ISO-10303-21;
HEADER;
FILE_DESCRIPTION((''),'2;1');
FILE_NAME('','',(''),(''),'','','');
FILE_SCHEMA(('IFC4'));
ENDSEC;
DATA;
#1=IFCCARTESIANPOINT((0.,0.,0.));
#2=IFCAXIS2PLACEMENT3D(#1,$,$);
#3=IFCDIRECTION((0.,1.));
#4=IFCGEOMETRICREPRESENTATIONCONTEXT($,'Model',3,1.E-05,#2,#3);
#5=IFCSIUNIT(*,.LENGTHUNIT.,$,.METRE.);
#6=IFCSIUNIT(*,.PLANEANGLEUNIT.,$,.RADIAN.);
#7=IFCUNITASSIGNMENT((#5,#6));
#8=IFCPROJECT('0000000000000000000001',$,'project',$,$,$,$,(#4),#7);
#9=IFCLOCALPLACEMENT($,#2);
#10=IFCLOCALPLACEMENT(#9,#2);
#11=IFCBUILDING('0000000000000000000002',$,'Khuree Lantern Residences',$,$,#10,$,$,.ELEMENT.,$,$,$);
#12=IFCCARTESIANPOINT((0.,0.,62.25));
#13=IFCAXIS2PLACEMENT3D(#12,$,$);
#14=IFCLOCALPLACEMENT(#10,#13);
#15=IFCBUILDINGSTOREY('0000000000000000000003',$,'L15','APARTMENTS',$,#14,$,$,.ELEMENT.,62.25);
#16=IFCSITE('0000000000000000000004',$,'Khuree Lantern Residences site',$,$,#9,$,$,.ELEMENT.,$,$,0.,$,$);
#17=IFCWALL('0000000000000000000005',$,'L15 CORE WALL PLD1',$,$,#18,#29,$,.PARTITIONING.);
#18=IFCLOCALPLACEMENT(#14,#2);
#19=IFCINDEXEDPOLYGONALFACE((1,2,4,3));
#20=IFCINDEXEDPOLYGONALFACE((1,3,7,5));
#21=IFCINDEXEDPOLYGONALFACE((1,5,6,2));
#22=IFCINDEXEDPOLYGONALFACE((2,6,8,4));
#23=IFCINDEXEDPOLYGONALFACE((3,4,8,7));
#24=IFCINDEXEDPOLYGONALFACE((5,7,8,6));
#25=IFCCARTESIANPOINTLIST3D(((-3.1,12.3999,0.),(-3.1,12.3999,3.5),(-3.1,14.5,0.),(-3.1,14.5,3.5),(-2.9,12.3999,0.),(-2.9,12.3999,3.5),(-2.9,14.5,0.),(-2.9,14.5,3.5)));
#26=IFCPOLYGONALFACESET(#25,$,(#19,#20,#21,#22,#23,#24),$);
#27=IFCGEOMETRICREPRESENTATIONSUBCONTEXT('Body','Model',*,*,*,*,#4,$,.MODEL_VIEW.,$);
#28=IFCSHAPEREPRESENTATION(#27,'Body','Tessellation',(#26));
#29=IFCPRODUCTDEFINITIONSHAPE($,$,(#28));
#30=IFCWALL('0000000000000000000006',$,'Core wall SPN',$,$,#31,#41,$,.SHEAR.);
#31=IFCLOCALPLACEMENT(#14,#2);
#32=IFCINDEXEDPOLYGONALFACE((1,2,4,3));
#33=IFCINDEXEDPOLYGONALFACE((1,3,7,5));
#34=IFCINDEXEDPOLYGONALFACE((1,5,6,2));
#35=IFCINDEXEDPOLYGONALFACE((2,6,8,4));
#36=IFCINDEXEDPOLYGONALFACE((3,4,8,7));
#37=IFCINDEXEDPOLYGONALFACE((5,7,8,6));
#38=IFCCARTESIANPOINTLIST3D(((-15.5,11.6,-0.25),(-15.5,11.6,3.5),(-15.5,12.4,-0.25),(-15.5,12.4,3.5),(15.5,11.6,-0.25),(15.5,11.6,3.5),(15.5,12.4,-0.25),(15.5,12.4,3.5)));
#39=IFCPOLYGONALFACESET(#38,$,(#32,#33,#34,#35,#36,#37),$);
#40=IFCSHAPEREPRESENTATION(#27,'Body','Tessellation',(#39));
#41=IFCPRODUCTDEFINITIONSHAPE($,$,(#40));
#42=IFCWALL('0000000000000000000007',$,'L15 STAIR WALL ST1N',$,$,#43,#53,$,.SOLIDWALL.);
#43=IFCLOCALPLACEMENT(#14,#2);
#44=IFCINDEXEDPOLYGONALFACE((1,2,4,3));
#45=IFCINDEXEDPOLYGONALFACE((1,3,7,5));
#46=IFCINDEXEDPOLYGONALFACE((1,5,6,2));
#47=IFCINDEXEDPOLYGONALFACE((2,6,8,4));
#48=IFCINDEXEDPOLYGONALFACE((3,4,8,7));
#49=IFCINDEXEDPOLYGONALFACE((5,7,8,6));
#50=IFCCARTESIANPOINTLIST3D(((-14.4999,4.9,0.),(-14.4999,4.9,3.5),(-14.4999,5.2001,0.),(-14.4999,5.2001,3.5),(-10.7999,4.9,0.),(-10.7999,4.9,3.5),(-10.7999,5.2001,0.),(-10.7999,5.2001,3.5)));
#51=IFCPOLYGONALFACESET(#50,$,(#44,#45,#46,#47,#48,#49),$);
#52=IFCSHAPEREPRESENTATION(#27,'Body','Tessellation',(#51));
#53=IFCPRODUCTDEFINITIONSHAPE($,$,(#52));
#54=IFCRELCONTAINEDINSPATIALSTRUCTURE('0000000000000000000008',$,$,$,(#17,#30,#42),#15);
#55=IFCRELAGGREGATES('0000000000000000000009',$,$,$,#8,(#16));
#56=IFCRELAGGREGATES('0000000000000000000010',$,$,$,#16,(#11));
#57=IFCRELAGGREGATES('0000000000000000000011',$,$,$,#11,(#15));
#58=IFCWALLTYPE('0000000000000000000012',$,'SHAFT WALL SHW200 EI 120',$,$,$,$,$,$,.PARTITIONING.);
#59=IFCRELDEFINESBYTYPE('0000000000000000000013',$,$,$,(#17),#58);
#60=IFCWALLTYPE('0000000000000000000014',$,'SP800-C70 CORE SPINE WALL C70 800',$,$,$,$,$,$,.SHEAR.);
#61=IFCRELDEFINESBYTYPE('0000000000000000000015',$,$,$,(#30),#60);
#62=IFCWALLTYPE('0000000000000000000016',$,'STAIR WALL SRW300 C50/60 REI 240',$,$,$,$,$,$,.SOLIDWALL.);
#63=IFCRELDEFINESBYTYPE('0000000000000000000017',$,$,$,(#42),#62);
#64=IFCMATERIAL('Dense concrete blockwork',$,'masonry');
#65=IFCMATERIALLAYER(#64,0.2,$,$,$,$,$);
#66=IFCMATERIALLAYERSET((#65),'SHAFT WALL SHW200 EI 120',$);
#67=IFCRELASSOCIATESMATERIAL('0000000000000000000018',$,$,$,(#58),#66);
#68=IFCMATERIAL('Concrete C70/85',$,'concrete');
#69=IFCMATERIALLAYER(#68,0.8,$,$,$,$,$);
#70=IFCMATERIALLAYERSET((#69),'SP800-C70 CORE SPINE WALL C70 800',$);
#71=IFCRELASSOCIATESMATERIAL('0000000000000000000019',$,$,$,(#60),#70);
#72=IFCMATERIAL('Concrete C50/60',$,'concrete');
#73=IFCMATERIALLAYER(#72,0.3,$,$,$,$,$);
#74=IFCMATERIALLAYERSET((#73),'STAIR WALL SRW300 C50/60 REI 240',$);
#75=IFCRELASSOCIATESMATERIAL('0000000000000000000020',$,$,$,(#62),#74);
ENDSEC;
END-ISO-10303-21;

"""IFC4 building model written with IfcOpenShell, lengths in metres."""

from ifc_helpers import new_model, si_unit, direction, frame, frame_2d, origin, place, context, subcontext, project, spatial, rectangle, extrude, material, layer, layer_set, type_object, element, save


model = new_model("IFC4")

# Units and contexts
model_context = context("Model", 3, precision=1e-05, world=origin(), true_north=direction((0.0, 1.0)))
body_context = subcontext(model_context, "Body", "Model", "MODEL_VIEW")
ifc_project = project(units=[si_unit("LENGTHUNIT", "METRE"), si_unit("PLANEANGLEUNIT", "RADIAN")], contexts=[model_context])

# Site, building, storey
site_placement = place(None, origin())
site = spatial("IfcSite", under=ifc_project, at=site_placement, Name="Khuree Lantern Residences site", CompositionType="ELEMENT", RefElevation=0.0)
building_placement = place(site_placement, origin())
building = spatial("IfcBuilding", under=site, at=building_placement, Name="Khuree Lantern Residences", CompositionType="ELEMENT")
storey_placement = place(building_placement, frame((0.0, 0.0, 62.25)))
storey = spatial("IfcBuildingStorey", under=building, at=storey_placement, Name="L15", Description="APARTMENTS", CompositionType="ELEMENT", Elevation=62.25)

# Shared definitions
ifc_material_1 = material(Name="Dense concrete blockwork", Category="masonry")

# Shared definitions
ifc_material_2 = material(Name="Concrete C70/85", Category="concrete")

# Walls
ifc_layer_1 = layer(ifc_material_1, 0.2)
ifc_layer_set_1 = layer_set([ifc_layer_1], Name="SHAFT WALL SHW200 EI 120")
wall_type_1 = type_object("IfcWallType", Name="SHAFT WALL SHW200 EI 120", PredefinedType="PARTITIONING", material=ifc_layer_set_1)
wall_1_placement = place(storey_placement, frame((-3.0, 12.3999, 0.0), z_axis=(0.0, 0.0, 1.0), x_axis=(0.0, 1.0, 0.0)))
element("IfcWall", 1, at=wall_1_placement, inside=storey, type_object=wall_type_1, Name="L15 CORE WALL PLD1", PredefinedType="PARTITIONING", context=body_context, shape_type="SweptSolid", body=[
    extrude(rectangle(XDim=2.1001, YDim=0.2, at=frame_2d((1.05, 0.0))), origin(), (0.0, 0.0, 1.0), 3.5),
])
ifc_layer_2 = layer(ifc_material_2, 0.8)
ifc_layer_set_2 = layer_set([ifc_layer_2], Name="SP800-C70 CORE SPINE WALL C70 800")
wall_type_2 = type_object("IfcWallType", Name="SP800-C70 CORE SPINE WALL C70 800", PredefinedType="SHEAR", material=ifc_layer_set_2)
wall_2_placement = place(storey_placement, frame((-15.5, 12.0, -0.25), z_axis=(0.0, 0.0, 1.0), x_axis=(1.0, 0.0, 0.0)))
element("IfcWall", 2, at=wall_2_placement, inside=storey, type_object=wall_type_2, Name="Core wall SPN", PredefinedType="SHEAR", context=body_context, shape_type="SweptSolid", body=[
    extrude(rectangle(XDim=31.0, YDim=0.8, at=frame_2d((15.5, 0.0))), origin(), (0.0, 0.0, 1.0), 3.75),
])
ifc_material_3 = material(Name="Concrete C50/60", Category="concrete")
ifc_layer_3 = layer(ifc_material_3, 0.3)
ifc_layer_set_3 = layer_set([ifc_layer_3], Name="STAIR WALL SRW300 C50/60 REI 240")
wall_type_3 = type_object("IfcWallType", Name="STAIR WALL SRW300 C50/60 REI 240", PredefinedType="SOLIDWALL", material=ifc_layer_set_3)
wall_3_placement = place(storey_placement, frame((-14.5, 5.05, 0.0), z_axis=(0.0, 0.0, 1.0), x_axis=(1.0, 0.0, 0.0)))
element("IfcWall", 3, at=wall_3_placement, inside=storey, type_object=wall_type_3, Name="L15 STAIR WALL ST1N", PredefinedType="SOLIDWALL", context=body_context, shape_type="SweptSolid", body=[
    extrude(rectangle(XDim=3.7, YDim=0.3, at=frame_2d((1.8501, 0.0))), origin(), (0.0, 0.0, 1.0), 3.5),
])

save(model, "model.ifc")
